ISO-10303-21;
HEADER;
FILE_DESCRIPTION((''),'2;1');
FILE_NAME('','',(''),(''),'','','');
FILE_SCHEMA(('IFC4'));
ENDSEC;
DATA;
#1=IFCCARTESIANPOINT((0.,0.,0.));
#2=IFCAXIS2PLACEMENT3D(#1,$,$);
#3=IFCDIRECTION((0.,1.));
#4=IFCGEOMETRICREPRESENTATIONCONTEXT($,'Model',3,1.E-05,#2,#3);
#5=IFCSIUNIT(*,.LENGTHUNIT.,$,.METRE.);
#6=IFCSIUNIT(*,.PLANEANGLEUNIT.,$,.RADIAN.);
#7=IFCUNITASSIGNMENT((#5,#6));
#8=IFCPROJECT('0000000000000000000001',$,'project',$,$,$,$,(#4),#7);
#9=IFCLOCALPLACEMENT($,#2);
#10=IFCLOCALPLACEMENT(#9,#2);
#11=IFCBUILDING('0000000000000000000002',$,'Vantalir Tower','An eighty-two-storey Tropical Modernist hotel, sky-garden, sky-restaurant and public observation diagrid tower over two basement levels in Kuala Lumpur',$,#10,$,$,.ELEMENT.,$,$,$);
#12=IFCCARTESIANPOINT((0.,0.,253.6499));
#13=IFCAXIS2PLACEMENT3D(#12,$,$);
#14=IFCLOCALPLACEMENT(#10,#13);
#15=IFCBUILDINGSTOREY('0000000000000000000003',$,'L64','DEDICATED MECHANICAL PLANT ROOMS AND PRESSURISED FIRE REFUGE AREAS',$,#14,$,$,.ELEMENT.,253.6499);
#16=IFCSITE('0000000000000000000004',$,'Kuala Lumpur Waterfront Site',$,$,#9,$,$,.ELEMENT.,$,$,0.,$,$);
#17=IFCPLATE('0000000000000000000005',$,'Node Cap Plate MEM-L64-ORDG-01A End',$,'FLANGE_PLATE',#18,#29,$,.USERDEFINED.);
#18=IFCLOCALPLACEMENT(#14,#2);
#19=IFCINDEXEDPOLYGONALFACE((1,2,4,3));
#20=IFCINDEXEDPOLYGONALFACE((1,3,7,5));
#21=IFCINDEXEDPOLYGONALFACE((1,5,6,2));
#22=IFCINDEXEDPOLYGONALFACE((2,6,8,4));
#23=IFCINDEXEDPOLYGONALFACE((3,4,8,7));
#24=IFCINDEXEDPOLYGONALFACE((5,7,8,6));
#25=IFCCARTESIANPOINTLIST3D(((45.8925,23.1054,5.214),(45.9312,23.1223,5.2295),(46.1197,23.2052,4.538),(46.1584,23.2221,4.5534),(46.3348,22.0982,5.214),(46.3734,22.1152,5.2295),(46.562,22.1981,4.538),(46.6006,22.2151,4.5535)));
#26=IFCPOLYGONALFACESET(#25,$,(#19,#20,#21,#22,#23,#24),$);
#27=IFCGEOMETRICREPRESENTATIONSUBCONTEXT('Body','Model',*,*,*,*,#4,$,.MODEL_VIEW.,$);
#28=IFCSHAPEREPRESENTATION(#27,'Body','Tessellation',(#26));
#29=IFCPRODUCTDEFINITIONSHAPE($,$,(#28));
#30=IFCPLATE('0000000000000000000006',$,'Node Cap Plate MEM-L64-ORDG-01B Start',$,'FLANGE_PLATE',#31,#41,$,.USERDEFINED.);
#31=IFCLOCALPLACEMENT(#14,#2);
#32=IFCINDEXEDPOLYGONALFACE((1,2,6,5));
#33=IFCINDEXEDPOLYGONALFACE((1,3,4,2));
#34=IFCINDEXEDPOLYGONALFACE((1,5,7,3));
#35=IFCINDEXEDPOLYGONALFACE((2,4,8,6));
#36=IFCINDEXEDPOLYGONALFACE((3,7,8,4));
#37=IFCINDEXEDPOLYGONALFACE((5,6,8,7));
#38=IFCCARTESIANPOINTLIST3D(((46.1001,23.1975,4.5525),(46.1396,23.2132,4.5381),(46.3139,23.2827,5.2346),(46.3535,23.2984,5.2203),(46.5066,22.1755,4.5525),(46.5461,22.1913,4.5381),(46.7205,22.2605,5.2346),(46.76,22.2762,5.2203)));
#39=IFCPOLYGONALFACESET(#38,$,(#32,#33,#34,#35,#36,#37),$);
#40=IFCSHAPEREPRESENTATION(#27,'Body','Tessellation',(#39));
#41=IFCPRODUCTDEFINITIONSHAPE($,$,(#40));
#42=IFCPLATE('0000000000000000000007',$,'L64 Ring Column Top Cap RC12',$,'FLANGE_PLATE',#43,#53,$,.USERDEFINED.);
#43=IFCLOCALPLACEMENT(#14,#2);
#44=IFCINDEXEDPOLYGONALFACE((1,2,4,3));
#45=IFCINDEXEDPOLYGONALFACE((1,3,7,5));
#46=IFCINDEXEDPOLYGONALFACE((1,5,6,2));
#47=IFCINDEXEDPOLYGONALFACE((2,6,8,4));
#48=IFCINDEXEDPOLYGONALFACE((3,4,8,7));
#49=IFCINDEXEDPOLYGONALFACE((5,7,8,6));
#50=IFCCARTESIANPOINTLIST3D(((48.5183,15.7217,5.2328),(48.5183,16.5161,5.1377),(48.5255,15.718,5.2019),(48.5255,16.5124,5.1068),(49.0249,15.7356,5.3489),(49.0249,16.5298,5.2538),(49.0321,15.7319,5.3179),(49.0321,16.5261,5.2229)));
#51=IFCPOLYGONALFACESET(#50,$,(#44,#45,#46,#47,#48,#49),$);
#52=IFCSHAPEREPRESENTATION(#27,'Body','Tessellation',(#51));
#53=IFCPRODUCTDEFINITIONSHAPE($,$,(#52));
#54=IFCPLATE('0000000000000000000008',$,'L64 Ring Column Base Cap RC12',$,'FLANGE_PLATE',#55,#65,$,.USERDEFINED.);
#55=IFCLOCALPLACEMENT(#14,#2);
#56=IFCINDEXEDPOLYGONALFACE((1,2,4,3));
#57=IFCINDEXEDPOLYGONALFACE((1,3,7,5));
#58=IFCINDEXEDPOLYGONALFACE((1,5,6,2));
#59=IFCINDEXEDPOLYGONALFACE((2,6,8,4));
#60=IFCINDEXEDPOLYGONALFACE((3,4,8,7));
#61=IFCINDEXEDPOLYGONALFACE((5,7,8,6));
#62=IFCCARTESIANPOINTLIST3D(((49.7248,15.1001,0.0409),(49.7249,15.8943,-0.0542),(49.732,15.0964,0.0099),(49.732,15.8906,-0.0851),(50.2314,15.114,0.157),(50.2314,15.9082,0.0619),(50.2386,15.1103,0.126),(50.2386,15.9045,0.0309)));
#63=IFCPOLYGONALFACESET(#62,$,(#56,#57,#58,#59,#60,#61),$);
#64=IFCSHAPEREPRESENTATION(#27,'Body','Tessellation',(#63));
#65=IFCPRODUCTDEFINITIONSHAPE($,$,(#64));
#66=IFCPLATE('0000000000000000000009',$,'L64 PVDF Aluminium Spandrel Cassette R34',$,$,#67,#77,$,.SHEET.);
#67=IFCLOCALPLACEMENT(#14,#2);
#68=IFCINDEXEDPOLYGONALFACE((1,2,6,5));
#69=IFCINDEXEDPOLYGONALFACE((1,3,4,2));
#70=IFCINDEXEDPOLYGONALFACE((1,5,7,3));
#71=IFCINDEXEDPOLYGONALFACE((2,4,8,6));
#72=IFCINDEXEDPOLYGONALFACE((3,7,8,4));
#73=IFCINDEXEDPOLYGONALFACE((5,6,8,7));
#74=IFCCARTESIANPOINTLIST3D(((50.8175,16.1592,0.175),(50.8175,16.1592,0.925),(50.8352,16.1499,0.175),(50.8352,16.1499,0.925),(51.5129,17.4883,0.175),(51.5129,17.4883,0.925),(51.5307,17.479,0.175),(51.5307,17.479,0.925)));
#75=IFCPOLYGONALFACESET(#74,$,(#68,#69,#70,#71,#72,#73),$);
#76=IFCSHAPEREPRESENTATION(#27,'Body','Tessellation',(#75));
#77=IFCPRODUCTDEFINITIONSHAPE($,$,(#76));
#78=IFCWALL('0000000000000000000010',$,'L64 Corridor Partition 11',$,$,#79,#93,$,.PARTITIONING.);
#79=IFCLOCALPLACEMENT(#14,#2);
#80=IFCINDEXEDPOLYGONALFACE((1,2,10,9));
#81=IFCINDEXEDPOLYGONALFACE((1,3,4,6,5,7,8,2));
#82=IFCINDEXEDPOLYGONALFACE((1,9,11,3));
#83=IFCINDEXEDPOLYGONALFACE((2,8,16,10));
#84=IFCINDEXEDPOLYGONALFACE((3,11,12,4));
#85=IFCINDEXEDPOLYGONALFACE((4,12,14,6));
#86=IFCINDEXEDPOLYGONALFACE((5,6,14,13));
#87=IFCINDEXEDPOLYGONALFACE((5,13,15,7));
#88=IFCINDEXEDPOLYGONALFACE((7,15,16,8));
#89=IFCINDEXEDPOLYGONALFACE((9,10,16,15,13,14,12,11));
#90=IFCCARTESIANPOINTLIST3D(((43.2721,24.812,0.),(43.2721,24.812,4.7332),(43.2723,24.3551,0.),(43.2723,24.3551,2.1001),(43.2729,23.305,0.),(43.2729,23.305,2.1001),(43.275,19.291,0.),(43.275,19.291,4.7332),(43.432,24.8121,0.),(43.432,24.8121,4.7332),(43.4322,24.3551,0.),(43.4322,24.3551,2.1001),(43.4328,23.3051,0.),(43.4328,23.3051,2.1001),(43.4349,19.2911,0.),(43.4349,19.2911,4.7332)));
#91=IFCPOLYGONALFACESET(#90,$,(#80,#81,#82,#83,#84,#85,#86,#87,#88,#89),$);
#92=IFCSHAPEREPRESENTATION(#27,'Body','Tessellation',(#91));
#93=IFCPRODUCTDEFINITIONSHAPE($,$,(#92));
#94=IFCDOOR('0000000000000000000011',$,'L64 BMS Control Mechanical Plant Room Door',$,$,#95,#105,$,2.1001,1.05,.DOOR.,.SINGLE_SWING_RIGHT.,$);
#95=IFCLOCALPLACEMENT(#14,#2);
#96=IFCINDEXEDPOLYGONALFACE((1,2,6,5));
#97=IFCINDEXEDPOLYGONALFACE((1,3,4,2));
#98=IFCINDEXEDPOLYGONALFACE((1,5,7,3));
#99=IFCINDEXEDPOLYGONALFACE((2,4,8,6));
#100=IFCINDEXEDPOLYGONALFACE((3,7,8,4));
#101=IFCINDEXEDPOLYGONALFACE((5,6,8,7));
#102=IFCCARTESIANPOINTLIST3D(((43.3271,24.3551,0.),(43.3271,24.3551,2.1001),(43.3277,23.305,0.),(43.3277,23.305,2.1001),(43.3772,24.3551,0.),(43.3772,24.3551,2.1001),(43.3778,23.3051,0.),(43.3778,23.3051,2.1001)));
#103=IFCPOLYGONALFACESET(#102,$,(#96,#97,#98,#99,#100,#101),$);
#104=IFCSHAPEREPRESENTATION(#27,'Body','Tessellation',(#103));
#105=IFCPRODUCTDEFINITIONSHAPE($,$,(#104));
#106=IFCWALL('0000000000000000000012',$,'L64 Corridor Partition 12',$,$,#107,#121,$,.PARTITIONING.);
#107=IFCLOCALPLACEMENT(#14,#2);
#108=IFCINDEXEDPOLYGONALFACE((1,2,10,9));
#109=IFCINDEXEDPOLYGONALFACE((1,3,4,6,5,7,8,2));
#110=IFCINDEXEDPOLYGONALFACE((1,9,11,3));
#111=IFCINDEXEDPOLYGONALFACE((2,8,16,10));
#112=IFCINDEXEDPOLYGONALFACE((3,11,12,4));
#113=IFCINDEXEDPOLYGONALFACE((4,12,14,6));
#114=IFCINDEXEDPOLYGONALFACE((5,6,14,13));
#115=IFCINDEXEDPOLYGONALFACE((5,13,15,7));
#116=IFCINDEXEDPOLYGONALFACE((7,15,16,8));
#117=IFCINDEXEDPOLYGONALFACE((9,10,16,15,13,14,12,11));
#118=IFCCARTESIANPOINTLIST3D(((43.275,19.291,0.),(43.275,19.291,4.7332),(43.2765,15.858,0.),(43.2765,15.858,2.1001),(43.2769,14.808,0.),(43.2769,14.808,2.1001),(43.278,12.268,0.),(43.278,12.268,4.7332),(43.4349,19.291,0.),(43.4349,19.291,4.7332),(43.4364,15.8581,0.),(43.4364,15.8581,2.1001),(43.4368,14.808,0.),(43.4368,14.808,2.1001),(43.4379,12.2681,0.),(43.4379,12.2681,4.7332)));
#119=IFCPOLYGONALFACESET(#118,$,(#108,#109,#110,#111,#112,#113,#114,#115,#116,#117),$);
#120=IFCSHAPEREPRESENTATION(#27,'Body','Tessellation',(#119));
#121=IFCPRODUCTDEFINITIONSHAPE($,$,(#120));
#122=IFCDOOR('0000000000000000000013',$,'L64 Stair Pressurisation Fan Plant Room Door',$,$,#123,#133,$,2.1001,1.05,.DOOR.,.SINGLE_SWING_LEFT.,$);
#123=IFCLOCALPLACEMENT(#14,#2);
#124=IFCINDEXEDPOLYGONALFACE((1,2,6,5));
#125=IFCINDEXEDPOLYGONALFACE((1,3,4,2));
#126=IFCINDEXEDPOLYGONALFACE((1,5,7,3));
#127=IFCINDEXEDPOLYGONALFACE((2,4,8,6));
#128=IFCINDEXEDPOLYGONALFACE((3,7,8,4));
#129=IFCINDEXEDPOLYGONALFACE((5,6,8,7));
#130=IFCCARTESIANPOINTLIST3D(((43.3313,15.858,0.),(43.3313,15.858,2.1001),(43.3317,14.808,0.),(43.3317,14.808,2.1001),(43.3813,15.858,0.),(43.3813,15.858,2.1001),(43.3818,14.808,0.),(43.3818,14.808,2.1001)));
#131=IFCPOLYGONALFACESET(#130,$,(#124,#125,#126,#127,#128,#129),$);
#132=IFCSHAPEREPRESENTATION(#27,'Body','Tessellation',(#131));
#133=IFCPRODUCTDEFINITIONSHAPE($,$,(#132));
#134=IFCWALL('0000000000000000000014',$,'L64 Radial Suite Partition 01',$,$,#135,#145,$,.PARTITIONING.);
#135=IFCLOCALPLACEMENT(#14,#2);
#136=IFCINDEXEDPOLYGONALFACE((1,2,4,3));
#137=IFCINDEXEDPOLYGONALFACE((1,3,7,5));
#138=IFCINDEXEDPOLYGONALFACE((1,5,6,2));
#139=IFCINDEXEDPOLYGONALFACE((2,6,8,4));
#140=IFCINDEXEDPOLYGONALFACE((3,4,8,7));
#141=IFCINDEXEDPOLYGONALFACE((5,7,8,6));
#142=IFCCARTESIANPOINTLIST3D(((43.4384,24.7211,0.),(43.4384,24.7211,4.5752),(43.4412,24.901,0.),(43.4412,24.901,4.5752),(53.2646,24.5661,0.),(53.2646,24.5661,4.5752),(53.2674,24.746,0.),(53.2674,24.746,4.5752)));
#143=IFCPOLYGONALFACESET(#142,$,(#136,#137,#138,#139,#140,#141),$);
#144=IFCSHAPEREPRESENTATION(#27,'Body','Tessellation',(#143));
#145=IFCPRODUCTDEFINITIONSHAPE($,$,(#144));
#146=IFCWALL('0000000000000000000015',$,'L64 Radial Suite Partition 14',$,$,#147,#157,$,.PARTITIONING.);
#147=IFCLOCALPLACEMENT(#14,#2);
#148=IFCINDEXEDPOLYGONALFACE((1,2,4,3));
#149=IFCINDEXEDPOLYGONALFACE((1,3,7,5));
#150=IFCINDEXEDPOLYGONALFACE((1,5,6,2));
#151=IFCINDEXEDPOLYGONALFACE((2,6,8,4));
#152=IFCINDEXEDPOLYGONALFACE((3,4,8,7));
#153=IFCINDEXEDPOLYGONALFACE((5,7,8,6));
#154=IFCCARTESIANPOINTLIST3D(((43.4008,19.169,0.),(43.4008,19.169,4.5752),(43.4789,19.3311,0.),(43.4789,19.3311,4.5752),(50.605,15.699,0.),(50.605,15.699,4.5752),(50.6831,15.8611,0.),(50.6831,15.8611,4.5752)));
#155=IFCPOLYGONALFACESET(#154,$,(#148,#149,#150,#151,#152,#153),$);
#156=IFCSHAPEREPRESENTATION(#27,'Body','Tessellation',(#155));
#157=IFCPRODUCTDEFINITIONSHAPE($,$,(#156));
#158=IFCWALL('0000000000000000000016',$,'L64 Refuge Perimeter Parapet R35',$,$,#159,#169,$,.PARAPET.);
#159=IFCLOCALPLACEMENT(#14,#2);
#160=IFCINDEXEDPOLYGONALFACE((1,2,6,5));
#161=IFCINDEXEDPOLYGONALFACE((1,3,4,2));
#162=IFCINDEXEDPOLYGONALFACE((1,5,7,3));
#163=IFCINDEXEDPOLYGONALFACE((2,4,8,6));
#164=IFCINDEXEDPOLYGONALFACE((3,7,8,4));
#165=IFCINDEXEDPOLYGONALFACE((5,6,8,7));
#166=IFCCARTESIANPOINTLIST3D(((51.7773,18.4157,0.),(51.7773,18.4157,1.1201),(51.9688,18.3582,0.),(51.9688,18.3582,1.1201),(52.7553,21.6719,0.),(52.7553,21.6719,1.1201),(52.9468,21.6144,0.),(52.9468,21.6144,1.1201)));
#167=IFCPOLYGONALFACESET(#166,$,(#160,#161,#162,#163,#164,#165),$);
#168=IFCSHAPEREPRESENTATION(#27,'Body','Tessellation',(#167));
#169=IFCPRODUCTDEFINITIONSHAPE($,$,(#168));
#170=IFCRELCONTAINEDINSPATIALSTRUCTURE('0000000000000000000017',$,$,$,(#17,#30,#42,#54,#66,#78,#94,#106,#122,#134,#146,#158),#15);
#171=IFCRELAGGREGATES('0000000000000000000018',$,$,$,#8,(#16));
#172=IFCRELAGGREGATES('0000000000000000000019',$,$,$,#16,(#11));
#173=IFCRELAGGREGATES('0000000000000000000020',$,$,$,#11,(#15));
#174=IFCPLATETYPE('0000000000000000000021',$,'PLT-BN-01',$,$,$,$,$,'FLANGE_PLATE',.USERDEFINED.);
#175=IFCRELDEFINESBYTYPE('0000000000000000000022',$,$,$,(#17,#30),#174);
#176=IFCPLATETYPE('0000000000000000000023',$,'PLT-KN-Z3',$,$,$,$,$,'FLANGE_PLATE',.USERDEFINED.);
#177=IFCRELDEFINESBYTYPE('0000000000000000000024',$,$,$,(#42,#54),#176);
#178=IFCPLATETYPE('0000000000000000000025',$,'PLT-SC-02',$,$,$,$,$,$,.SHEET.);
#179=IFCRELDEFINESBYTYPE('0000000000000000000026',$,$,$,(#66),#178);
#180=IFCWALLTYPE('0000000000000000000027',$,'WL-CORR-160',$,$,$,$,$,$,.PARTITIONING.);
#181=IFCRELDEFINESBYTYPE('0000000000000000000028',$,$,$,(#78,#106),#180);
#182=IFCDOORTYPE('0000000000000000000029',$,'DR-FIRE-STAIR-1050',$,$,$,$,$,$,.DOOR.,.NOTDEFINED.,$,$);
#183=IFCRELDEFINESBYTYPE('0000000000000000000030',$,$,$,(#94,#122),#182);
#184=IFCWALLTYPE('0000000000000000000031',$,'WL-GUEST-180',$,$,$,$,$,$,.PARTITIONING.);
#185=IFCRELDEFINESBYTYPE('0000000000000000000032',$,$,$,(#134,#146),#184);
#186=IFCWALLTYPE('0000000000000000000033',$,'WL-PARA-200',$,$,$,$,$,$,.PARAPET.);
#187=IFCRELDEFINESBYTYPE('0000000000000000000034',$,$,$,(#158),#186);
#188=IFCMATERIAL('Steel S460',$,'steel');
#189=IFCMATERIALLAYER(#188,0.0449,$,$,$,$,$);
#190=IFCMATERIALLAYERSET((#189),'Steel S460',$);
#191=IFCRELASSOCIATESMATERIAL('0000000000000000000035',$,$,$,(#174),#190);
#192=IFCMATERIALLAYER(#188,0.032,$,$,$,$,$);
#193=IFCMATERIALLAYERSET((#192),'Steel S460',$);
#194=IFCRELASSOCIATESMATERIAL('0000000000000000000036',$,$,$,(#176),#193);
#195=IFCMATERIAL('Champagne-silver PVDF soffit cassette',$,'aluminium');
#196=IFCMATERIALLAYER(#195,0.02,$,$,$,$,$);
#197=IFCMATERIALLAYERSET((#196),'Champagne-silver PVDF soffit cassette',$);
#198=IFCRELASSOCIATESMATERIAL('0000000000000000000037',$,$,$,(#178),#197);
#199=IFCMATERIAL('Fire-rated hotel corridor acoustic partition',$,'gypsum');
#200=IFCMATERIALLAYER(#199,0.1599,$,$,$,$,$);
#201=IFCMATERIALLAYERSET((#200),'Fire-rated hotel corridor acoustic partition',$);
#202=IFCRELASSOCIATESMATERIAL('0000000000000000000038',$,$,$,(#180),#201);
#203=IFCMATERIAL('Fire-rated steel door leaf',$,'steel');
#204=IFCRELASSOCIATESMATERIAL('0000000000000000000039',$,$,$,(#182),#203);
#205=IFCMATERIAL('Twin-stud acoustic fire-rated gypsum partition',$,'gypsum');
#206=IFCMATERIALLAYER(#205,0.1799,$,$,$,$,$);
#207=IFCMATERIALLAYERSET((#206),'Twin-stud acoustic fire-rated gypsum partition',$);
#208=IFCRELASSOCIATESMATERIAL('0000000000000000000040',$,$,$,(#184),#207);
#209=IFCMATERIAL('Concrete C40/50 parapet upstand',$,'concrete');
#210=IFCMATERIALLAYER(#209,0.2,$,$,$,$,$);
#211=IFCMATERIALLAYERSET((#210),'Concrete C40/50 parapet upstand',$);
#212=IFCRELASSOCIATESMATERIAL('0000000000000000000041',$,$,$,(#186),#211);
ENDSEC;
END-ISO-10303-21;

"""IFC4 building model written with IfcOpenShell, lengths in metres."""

from ifc_helpers import new_model, si_unit, direction, frame, frame_2d, origin, origin_2d, place, context, subcontext, project, spatial, polyline, rectangle, outline, extrude, material, layer, layer_set, type_object, element, fill, save


model = new_model("IFC4")

# Units and contexts
model_context = context("Model", 3, precision=1e-05, world=origin(), true_north=direction((0.0, 1.0)))
body_context = subcontext(model_context, "Body", "Model", "MODEL_VIEW")
ifc_project = project(units=[si_unit("LENGTHUNIT", "METRE"), si_unit("PLANEANGLEUNIT", "RADIAN")], contexts=[model_context])

# Site, building, storey
site_placement = place(None, origin())
site = spatial("IfcSite", under=ifc_project, at=site_placement, Name="Kuala Lumpur Waterfront Site", CompositionType="ELEMENT", RefElevation=0.0)
building_placement = place(site_placement, origin())
building = spatial("IfcBuilding", under=site, at=building_placement, Name="Vantalir Tower", Description="An eighty-two-storey Tropical Modernist hotel, sky-garden, sky-restaurant and public observation diagrid tower over two basement levels in Kuala Lumpur", CompositionType="ELEMENT")
storey_placement = place(building_placement, frame((0.0, 0.0, 253.6499)))
storey = spatial("IfcBuildingStorey", under=building, at=storey_placement, Name="L64", Description="DEDICATED MECHANICAL PLANT ROOMS AND PRESSURISED FIRE REFUGE AREAS", CompositionType="ELEMENT", Elevation=253.6499)

# Shared definitions
ifc_material_1 = material(Name="Steel S460", Category="steel")

# Plates
ifc_layer_1 = layer(ifc_material_1, 0.0449)
ifc_layer_set_1 = layer_set([ifc_layer_1], Name="Steel S460")
plate_type_1 = type_object("IfcPlateType", Name="PLT-BN-01", ElementType="FLANGE_PLATE", PredefinedType="USERDEFINED", material=ifc_layer_set_1)
plate_1_placement = place(storey_placement, frame((46.6006, 22.2151, 4.5535), z_axis=(0.859524, 0.377461, 0.34459), x_axis=(-0.402077, 0.915606, -0.000033)))
element("IfcPlate", 1, at=plate_1_placement, inside=storey, type_object=plate_type_1, Name="Node Cap Plate MEM-L64-ORDG-01A End", ObjectType="FLANGE_PLATE", PredefinedType="USERDEFINED", context=body_context, shape_type="SweptSolid", body=[
    extrude(outline(polyline([(0.0, 0.0), (1.0999, 0.0), (1.0998, 0.7202), (-0.0002, 0.7201), (0.0, 0.0)])), origin(), (0.0, 0.0, -1.0), 0.0449),
])
plate_2_placement = place(storey_placement, frame((46.1001, 23.1975, 4.5525), z_axis=(-0.880438, -0.350156, 0.319718), x_axis=(0.369557, -0.929208, 0.000012)))
element("IfcPlate", 2, at=plate_2_placement, inside=storey, type_object=plate_type_1, Name="Node Cap Plate MEM-L64-ORDG-01B Start", ObjectType="FLANGE_PLATE", PredefinedType="USERDEFINED", context=body_context, shape_type="SweptSolid", body=[
    extrude(outline(polyline([(0.0, 0.0), (1.0998, 0.0), (1.0999, 0.7199), (-0.0001, 0.7199), (0.0, 0.0)])), origin(), (0.0, 0.0, -1.0), 0.0449),
])
ifc_layer_2 = layer(ifc_material_1, 0.032)
ifc_layer_set_2 = layer_set([ifc_layer_2], Name="Steel S460")
plate_type_2 = type_object("IfcPlateType", Name="PLT-KN-Z3", ElementType="FLANGE_PLATE", PredefinedType="USERDEFINED", material=ifc_layer_set_2)
plate_3_placement = place(storey_placement, frame((48.5183, 16.5161, 5.1377), z_axis=(-0.224859, 0.115824, 0.967483), x_axis=(0.000029, -0.992909, 0.118875)))
element("IfcPlate", 3, at=plate_3_placement, inside=storey, type_object=plate_type_2, Name="L64 Ring Column Top Cap RC12", ObjectType="FLANGE_PLATE", PredefinedType="USERDEFINED", context=body_context, shape_type="SweptSolid", body=[
    extrude(outline(polyline([(0.0, 0.0), (0.8001, 0.0), (0.8001, 0.5199), (0.0003, 0.5199), (0.0, 0.0)])), origin(), (0.0, 0.0, -1.0), 0.032),
])
plate_4_placement = place(storey_placement, frame((49.7249, 15.8943, -0.0542), z_axis=(-0.224885, 0.115841, 0.967475), x_axis=(-0.000033, -0.992909, 0.118879)))
element("IfcPlate", 4, at=plate_4_placement, inside=storey, type_object=plate_type_2, Name="L64 Ring Column Base Cap RC12", ObjectType="FLANGE_PLATE", PredefinedType="USERDEFINED", context=body_context, shape_type="SweptSolid", body=[
    extrude(outline(polyline([(0.0, 0.0), (0.7998, 0.0), (0.7998, 0.5199), (0.0, 0.5199), (0.0, 0.0)])), origin(), (0.0, 0.0, -1.0), 0.032),
])
ifc_material_2 = material(Name="Champagne-silver PVDF soffit cassette", Category="aluminium")
ifc_layer_3 = layer(ifc_material_2, 0.02)
ifc_layer_set_3 = layer_set([ifc_layer_3], Name="Champagne-silver PVDF soffit cassette")
plate_type_3 = type_object("IfcPlateType", Name="PLT-SC-02", PredefinedType="SHEET", material=ifc_layer_set_3)
plate_5_placement = place(storey_placement, frame((51.1741, 16.8191, 0.175), z_axis=(0.0, 0.0, 1.0), x_axis=(0.463621, 0.886034, 0.0)))
element("IfcPlate", 5, at=plate_5_placement, inside=storey, type_object=plate_type_3, Name="L64 PVDF Aluminium Spandrel Cassette R34", PredefinedType="SHEET", context=body_context, shape_type="SweptSolid", body=[
    extrude(rectangle(XDim=1.5, YDim=0.02, at=origin_2d()), origin(), (0.0, 0.0, 1.0), 0.75),
])

# Walls, openings, doors
ifc_material_3 = material(Name="Fire-rated hotel corridor acoustic partition", Category="gypsum")
ifc_layer_4 = layer(ifc_material_3, 0.1599)
ifc_layer_set_4 = layer_set([ifc_layer_4], Name="Fire-rated hotel corridor acoustic partition")
wall_type_1 = type_object("IfcWallType", Name="WL-CORR-160", PredefinedType="PARTITIONING", material=ifc_layer_set_4)
wall_1_placement = place(storey_placement, frame((43.3521, 24.812, 0.0), z_axis=(0.0, 0.0, 1.0), x_axis=(0.000531, -1.0, 0.0)))
wall_1 = element("IfcWall", 6, at=wall_1_placement, inside=storey, type_object=wall_type_1, Name="L64 Corridor Partition 11", PredefinedType="PARTITIONING", context=body_context, shape_type="SweptSolid", body=[
    extrude(rectangle(XDim=5.521, YDim=0.1599, at=frame_2d((2.7605, 0.0))), origin(), (0.0, 0.0, 1.0), 4.7332),
])
opening_1_placement = place(wall_1_placement, frame((0.457, 0.0, 0.0)))
opening_1 = element("IfcOpeningElement", 7, at=opening_1_placement, cuts=wall_1, PredefinedType="OPENING", context=body_context, shape_type="SweptSolid", body=[
    extrude(rectangle(XDim=1.05, YDim=2.1001, at=frame_2d((0.5249, 1.05))), frame((0.0, 0.0898, 0.0), z_axis=(0.0, -1.0, 0.0), x_axis=(1.0, 0.0, 0.0)), (0.0, 0.0, 1.0), 0.1799),
])
ifc_material_4 = material(Name="Fire-rated steel door leaf", Category="steel")
door_type = type_object("IfcDoorType", Name="DR-FIRE-STAIR-1050", OperationType="NOTDEFINED", PredefinedType="DOOR", material=ifc_material_4)
door_1_placement = place(opening_1_placement, origin())
door_1 = element("IfcDoor", 8, at=door_1_placement, inside=storey, type_object=door_type, Name="L64 BMS Control Mechanical Plant Room Door", OperationType="SINGLE_SWING_RIGHT", OverallHeight=2.1001, OverallWidth=1.05, PredefinedType="DOOR", context=body_context, shape_type="SweptSolid", body=[
    extrude(rectangle(XDim=1.05, YDim=2.1001, at=frame_2d((0.5249, 1.05))), frame((0.0, 0.0249, 0.0), z_axis=(0.0, -1.0, 0.0), x_axis=(1.0, 0.0, 0.0)), (0.0, 0.0, 1.0), 0.05),
])
fill(opening_1, door_1)
wall_2_placement = place(storey_placement, frame((43.355, 19.291, 0.0), z_axis=(0.0, 0.0, 1.0), x_axis=(0.000417, -1.0, 0.0)))
wall_2 = element("IfcWall", 9, at=wall_2_placement, inside=storey, type_object=wall_type_1, Name="L64 Corridor Partition 12", PredefinedType="PARTITIONING", context=body_context, shape_type="SweptSolid", body=[
    extrude(rectangle(XDim=7.0229, YDim=0.1599, at=frame_2d((3.5115, 0.0))), origin(), (0.0, 0.0, 1.0), 4.7332),
])
opening_2_placement = place(wall_2_placement, frame((3.4331, 0.0, 0.0)))
opening_2 = element("IfcOpeningElement", 10, at=opening_2_placement, cuts=wall_2, PredefinedType="OPENING", context=body_context, shape_type="SweptSolid", body=[
    extrude(rectangle(XDim=1.05, YDim=2.1001, at=frame_2d((0.5249, 1.05))), frame((0.0, 0.0898, 0.0), z_axis=(0.0, -1.0, 0.0), x_axis=(1.0, 0.0, 0.0)), (0.0, 0.0, 1.0), 0.1799),
])
door_2_placement = place(opening_2_placement, origin())
door_2 = element("IfcDoor", 11, at=door_2_placement, inside=storey, type_object=door_type, Name="L64 Stair Pressurisation Fan Plant Room Door", OperationType="SINGLE_SWING_LEFT", OverallHeight=2.1001, OverallWidth=1.05, PredefinedType="DOOR", context=body_context, shape_type="SweptSolid", body=[
    extrude(rectangle(XDim=1.05, YDim=2.1001, at=frame_2d((0.5249, 1.05))), frame((0.0, 0.0249, 0.0), z_axis=(0.0, -1.0, 0.0), x_axis=(1.0, 0.0, 0.0)), (0.0, 0.0, 1.0), 0.05),
])
fill(opening_2, door_2)

# Walls
ifc_material_5 = material(Name="Twin-stud acoustic fire-rated gypsum partition", Category="gypsum")
ifc_layer_5 = layer(ifc_material_5, 0.1799)
ifc_layer_set_5 = layer_set([ifc_layer_5], Name="Twin-stud acoustic fire-rated gypsum partition")
wall_type_2 = type_object("IfcWallType", Name="WL-GUEST-180", PredefinedType="PARTITIONING", material=ifc_layer_set_5)
wall_3_placement = place(storey_placement, frame((43.4399, 24.811, 0.0), z_axis=(0.0, 0.0, 1.0), x_axis=(0.999876, -0.015775, 0.0)))
element("IfcWall", 12, at=wall_3_placement, inside=storey, type_object=wall_type_2, Name="L64 Radial Suite Partition 01", PredefinedType="PARTITIONING", context=body_context, shape_type="SweptSolid", body=[
    extrude(rectangle(XDim=9.8274, YDim=0.1799, at=frame_2d((4.9136, 0.0))), origin(), (0.0, 0.0, 1.0), 4.5752),
])
wall_4_placement = place(storey_placement, frame((43.4399, 19.25, 0.0), z_axis=(0.0, 0.0, 1.0), x_axis=(0.900937, -0.433951, 0.0)))
element("IfcWall", 13, at=wall_4_placement, inside=storey, type_object=wall_type_2, Name="L64 Radial Suite Partition 14", PredefinedType="PARTITIONING", context=body_context, shape_type="SweptSolid", body=[
    extrude(rectangle(XDim=7.9963, YDim=0.1799, at=frame_2d((3.998, 0.0))), origin(), (0.0, 0.0, 1.0), 4.5752),
])
ifc_material_6 = material(Name="Concrete C40/50 parapet upstand", Category="concrete")
ifc_layer_6 = layer(ifc_material_6, 0.2)
ifc_layer_set_6 = layer_set([ifc_layer_6], Name="Concrete C40/50 parapet upstand")
wall_type_3 = type_object("IfcWallType", Name="WL-PARA-200", PredefinedType="PARAPET", material=ifc_layer_set_6)
wall_5_placement = place(storey_placement, frame((51.873, 18.387, 0.0), z_axis=(0.0, 0.0, 1.0), x_axis=(0.287671, 0.957729, 0.0)))
element("IfcWall", 14, at=wall_5_placement, inside=storey, type_object=wall_type_3, Name="L64 Refuge Perimeter Parapet R35", PredefinedType="PARAPET", context=body_context, shape_type="SweptSolid", body=[
    extrude(rectangle(XDim=3.3999, YDim=0.2, at=frame_2d((1.7, 0.0))), origin(), (0.0, 0.0, 1.0), 1.1201),
])

save(model, "model.ifc")
